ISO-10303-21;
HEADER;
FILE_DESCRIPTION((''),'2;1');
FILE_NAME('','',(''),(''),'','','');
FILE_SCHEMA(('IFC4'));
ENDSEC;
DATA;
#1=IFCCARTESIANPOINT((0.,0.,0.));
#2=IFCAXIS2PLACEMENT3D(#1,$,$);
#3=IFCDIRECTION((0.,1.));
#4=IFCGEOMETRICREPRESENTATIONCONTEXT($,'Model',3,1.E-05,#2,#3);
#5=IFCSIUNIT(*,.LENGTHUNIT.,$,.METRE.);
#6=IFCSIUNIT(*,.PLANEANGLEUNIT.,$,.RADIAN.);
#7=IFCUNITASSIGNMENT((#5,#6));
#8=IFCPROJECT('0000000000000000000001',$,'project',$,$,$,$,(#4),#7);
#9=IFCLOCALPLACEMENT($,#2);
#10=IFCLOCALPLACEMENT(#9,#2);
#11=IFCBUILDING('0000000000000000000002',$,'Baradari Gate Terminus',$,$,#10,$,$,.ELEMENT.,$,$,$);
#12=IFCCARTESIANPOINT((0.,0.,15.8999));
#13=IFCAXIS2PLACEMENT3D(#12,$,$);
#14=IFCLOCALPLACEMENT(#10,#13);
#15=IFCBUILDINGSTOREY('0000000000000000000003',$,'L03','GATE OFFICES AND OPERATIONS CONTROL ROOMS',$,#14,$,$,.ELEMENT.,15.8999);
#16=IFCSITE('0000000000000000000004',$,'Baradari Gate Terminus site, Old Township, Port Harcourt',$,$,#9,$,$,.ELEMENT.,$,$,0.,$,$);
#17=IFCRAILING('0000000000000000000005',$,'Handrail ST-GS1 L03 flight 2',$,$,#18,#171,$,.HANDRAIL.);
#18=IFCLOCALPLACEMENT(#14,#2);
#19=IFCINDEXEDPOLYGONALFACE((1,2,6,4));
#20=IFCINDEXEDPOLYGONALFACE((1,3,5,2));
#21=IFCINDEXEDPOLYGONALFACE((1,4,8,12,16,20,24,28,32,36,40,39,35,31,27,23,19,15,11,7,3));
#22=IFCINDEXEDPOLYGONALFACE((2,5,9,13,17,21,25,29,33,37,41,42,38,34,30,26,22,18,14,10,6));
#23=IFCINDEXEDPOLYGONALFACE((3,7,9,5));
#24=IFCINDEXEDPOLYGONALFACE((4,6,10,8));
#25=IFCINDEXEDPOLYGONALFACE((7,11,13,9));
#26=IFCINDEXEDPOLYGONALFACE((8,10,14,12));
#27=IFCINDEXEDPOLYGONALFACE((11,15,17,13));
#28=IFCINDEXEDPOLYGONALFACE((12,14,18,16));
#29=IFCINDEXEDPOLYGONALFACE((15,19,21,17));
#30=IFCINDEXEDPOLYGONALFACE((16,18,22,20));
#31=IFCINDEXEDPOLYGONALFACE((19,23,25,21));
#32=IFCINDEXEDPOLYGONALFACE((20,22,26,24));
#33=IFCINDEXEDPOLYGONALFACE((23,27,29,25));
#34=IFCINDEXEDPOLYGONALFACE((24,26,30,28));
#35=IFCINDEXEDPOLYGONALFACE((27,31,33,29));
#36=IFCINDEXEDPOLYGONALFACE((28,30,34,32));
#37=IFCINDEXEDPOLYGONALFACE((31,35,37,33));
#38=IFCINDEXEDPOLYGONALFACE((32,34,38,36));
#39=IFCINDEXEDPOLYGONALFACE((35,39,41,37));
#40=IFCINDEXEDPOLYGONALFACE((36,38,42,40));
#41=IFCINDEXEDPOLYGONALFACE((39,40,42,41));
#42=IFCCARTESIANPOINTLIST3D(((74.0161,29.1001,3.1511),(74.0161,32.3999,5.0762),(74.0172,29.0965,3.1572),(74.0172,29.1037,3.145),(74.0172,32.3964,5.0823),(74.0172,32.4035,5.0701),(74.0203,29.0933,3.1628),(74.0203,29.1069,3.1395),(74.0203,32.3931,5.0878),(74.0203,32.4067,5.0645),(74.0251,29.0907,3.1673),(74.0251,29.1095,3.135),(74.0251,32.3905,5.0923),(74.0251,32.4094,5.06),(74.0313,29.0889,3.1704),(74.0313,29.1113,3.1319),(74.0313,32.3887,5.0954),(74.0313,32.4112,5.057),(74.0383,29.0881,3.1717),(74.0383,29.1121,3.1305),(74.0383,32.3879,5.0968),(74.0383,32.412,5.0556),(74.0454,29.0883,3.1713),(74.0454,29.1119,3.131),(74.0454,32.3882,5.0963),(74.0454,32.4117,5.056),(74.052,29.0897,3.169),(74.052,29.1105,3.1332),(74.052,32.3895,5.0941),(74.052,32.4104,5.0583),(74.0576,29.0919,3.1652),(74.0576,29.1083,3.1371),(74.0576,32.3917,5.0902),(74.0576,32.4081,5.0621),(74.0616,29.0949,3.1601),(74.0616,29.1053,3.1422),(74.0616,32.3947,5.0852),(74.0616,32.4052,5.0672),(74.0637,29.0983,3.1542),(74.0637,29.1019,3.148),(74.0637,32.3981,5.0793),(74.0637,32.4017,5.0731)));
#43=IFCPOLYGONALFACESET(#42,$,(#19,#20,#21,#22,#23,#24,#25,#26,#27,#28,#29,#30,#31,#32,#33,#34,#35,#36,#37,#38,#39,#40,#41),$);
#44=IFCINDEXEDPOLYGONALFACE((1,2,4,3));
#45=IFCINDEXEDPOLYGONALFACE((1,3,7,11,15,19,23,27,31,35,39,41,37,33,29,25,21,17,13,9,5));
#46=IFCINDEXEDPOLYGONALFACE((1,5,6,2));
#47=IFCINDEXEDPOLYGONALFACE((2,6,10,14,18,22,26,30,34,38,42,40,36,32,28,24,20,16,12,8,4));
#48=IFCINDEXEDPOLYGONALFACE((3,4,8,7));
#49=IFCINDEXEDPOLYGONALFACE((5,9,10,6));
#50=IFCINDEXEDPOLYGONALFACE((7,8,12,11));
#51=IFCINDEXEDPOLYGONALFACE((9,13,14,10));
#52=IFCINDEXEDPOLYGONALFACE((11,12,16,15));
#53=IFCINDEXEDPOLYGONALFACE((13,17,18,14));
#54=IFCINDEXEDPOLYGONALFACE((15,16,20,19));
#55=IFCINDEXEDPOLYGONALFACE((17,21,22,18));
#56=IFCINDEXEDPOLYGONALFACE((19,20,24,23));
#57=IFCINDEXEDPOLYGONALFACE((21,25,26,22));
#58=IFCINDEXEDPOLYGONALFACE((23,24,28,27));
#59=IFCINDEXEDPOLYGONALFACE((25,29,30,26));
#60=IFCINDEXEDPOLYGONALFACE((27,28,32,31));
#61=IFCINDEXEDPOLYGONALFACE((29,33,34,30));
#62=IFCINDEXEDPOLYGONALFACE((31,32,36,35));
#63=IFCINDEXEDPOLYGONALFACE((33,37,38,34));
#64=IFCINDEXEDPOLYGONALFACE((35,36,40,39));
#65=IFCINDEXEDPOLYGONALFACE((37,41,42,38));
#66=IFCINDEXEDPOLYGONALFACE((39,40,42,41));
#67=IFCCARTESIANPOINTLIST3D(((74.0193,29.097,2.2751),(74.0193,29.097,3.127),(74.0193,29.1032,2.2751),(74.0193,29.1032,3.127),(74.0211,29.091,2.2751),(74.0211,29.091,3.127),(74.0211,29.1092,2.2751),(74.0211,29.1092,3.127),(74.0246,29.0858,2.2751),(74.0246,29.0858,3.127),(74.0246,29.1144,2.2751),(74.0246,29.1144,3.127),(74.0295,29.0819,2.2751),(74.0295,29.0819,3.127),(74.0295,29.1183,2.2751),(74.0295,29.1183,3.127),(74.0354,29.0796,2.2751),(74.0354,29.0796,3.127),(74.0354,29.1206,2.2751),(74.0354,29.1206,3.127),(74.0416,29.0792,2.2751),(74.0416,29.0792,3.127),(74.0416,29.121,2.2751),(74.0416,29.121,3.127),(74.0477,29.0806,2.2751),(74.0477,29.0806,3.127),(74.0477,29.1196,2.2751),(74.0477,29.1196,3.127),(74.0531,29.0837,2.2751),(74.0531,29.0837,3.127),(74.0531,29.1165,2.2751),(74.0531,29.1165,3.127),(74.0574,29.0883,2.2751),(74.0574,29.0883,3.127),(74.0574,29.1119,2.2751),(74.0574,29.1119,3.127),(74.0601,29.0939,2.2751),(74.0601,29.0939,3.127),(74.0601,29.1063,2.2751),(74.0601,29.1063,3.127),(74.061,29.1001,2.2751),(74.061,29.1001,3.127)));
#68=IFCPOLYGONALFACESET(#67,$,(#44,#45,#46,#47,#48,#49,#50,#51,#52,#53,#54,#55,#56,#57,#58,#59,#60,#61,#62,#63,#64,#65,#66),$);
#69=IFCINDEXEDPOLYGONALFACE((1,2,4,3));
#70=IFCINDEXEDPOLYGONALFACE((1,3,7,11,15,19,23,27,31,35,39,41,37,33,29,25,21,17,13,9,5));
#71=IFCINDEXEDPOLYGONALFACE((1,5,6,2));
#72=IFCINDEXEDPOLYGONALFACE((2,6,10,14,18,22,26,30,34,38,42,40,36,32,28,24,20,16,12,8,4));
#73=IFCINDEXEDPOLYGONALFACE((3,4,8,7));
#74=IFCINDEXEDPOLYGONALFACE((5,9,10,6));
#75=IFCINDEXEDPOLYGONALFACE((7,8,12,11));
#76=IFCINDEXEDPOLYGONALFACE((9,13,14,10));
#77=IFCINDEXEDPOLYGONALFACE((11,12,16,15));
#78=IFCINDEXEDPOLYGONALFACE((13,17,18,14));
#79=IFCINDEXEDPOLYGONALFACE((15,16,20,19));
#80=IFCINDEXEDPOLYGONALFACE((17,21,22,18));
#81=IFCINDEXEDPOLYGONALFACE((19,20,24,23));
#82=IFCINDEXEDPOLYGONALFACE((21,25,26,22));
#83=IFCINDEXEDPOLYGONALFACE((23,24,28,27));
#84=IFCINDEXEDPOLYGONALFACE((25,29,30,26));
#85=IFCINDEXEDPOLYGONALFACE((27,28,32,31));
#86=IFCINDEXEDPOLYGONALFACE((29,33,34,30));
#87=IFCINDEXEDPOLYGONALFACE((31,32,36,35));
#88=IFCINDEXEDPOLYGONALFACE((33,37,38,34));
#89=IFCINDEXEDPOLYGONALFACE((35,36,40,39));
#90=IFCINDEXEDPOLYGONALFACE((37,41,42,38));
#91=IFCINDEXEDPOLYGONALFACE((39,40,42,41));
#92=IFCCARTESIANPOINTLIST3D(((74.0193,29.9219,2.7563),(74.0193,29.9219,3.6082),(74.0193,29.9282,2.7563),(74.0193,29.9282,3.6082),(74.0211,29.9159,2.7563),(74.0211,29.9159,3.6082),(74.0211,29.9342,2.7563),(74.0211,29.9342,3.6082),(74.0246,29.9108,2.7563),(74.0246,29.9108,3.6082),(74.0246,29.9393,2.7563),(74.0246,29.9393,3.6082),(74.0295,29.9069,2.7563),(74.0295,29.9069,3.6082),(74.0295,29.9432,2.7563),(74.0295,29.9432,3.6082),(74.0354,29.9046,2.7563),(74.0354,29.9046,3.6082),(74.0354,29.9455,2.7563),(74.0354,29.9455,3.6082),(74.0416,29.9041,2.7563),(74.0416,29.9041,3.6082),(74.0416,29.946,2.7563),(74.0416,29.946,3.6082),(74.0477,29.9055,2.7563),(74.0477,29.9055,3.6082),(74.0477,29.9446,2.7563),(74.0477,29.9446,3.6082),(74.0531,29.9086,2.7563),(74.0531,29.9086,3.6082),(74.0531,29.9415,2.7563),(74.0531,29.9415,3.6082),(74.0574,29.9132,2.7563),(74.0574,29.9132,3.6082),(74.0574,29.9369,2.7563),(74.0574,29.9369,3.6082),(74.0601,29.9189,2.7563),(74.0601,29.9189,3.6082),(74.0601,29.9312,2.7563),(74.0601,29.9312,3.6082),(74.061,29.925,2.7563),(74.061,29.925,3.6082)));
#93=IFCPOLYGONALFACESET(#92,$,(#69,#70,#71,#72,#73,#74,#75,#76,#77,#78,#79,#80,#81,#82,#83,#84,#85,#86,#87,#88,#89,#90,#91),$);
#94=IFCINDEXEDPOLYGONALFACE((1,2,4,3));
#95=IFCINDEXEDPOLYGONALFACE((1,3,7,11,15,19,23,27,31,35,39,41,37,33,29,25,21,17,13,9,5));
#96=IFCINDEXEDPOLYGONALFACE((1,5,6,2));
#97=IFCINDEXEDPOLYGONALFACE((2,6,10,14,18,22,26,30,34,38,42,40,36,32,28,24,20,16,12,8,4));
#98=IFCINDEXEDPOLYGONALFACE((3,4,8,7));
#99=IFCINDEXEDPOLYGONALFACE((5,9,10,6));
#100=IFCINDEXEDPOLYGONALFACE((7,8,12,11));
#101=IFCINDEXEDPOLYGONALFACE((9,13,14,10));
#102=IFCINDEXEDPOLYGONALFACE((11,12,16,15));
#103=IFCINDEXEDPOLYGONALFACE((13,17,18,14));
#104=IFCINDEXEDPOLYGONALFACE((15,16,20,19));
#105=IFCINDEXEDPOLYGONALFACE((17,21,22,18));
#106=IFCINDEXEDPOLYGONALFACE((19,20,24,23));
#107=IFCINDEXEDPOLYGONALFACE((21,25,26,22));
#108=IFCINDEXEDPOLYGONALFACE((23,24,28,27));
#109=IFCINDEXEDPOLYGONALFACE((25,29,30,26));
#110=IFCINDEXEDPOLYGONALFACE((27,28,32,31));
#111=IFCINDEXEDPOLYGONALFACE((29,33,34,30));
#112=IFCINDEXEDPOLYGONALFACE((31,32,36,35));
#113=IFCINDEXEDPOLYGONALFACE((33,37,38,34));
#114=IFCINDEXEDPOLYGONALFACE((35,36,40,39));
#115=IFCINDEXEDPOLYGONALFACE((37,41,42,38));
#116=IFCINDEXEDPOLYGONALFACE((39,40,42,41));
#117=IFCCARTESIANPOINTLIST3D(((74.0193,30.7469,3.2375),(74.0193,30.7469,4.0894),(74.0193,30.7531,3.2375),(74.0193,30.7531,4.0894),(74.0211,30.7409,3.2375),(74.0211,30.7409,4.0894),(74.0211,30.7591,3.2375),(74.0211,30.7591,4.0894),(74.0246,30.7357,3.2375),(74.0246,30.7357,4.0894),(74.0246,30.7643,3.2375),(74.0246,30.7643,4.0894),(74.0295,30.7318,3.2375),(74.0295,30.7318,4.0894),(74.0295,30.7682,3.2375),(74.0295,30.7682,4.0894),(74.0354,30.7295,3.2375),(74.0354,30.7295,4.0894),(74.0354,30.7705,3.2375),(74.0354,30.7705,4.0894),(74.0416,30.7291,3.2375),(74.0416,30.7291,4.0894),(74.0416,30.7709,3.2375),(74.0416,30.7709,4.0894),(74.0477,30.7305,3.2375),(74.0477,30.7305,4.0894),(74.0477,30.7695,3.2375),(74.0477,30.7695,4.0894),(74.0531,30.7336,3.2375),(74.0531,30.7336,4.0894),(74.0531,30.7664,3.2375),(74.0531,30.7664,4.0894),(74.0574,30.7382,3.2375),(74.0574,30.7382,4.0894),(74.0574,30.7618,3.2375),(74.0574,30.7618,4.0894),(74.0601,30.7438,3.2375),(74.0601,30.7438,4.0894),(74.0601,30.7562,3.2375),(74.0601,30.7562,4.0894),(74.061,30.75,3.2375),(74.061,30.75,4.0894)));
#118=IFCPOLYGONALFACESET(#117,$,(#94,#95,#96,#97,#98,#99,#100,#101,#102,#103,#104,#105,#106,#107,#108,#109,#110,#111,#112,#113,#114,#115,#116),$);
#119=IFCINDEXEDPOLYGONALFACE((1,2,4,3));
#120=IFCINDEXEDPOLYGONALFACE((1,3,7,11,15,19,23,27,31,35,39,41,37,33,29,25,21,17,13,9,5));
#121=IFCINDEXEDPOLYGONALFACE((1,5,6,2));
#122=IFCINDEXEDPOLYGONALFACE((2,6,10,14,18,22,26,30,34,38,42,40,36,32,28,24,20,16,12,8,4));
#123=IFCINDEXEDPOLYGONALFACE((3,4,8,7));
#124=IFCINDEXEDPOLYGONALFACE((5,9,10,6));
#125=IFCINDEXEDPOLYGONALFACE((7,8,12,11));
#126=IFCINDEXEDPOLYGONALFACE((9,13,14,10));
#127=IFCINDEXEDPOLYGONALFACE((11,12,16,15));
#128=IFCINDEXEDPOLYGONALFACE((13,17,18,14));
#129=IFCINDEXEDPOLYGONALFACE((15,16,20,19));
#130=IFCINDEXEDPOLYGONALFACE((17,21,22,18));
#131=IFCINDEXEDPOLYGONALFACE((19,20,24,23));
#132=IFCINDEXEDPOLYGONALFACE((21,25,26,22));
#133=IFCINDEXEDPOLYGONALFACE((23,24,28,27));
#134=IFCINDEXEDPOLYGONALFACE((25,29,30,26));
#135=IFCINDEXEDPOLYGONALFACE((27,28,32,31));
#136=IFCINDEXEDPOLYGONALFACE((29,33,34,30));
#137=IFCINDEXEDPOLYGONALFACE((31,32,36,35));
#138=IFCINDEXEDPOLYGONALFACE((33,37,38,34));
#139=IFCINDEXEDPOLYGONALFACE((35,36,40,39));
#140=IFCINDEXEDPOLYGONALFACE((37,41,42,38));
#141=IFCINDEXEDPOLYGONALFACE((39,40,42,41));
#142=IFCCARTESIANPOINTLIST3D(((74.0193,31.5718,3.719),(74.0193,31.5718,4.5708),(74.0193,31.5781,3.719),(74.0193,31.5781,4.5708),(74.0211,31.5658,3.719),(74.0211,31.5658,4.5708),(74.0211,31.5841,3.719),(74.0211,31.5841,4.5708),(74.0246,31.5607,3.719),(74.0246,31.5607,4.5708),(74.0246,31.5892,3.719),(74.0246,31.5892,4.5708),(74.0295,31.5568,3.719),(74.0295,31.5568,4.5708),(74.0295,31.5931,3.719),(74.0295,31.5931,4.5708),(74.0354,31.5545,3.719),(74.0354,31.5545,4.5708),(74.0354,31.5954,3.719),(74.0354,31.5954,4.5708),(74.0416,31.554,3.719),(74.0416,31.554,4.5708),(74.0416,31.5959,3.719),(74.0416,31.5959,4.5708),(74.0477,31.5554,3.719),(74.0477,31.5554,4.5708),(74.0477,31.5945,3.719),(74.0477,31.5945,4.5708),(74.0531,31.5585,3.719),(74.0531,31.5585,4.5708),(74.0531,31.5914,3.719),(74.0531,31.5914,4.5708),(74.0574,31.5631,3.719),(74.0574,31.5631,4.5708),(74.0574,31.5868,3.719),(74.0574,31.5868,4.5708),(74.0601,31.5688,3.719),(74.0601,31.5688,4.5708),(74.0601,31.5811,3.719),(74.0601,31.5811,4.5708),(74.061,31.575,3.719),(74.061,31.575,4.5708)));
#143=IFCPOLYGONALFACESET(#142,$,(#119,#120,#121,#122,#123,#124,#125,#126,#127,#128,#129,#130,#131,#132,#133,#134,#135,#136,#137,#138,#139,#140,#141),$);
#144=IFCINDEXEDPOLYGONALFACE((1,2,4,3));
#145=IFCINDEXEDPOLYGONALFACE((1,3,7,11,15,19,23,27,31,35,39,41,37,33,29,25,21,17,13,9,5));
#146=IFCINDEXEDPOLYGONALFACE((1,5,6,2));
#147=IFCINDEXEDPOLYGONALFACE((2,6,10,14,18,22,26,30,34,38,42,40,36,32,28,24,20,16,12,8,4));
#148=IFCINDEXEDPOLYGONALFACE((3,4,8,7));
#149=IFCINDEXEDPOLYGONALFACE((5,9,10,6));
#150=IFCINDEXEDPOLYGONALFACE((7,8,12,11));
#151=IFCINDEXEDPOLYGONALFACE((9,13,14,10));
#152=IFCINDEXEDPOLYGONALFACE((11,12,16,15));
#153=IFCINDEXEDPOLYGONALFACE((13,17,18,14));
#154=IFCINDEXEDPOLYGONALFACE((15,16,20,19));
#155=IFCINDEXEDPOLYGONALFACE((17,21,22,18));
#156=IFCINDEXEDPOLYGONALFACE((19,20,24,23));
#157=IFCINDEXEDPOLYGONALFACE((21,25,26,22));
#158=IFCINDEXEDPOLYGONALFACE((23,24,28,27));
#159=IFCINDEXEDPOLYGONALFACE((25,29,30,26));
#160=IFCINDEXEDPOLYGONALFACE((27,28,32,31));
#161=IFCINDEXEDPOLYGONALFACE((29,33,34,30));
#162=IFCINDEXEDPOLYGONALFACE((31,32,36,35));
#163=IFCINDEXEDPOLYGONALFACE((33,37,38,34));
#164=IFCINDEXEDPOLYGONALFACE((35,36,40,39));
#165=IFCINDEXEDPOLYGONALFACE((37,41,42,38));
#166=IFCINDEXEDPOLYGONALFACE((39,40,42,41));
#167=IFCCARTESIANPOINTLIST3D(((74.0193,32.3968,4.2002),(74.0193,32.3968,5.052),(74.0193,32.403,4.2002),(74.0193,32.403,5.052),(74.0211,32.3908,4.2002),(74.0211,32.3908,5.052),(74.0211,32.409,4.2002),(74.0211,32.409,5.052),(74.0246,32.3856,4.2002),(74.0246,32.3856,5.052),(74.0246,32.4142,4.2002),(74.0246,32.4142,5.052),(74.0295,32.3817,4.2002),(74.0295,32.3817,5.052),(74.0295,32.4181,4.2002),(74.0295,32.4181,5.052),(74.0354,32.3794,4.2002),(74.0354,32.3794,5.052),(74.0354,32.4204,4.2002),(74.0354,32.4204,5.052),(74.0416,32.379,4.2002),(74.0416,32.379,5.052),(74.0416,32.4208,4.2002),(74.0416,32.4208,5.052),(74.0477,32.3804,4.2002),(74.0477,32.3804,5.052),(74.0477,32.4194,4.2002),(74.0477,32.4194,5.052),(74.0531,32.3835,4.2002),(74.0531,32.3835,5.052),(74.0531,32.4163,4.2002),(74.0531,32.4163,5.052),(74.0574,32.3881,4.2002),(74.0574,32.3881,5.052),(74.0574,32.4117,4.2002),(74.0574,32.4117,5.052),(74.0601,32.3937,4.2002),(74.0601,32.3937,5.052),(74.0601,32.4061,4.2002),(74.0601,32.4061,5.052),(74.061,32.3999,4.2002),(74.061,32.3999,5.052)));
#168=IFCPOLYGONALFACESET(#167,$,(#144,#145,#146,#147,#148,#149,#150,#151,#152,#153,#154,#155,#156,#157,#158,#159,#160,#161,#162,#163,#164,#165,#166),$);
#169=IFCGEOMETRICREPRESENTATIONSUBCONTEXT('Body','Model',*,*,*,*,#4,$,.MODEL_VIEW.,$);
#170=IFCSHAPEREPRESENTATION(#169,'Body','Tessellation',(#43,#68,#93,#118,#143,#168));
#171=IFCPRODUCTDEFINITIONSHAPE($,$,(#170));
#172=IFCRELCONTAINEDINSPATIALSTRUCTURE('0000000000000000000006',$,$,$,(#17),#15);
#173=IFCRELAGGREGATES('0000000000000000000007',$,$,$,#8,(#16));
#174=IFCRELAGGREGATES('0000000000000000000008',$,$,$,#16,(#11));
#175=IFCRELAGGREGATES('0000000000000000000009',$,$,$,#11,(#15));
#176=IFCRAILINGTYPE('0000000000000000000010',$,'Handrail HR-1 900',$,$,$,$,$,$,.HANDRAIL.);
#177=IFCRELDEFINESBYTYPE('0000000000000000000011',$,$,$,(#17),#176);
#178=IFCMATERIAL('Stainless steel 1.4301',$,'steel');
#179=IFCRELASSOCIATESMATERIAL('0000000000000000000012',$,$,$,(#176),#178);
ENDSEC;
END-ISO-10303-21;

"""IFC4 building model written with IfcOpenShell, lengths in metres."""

from ifc_helpers import new_model, si_unit, direction, frame, origin, origin_2d, place, context, subcontext, project, spatial, circle, extrude, material, type_object, element, save


model = new_model("IFC4")

# Units and contexts
model_context = context("Model", 3, precision=1e-05, world=origin(), true_north=direction((0.0, 1.0)))
body_context = subcontext(model_context, "Body", "Model", "MODEL_VIEW")
ifc_project = project(units=[si_unit("LENGTHUNIT", "METRE"), si_unit("PLANEANGLEUNIT", "RADIAN")], contexts=[model_context])

# Site, building, storey
site_placement = place(None, origin())
site = spatial("IfcSite", under=ifc_project, at=site_placement, Name="Baradari Gate Terminus site, Old Township, Port Harcourt", CompositionType="ELEMENT", RefElevation=0.0)
building_placement = place(site_placement, origin())
building = spatial("IfcBuilding", under=site, at=building_placement, Name="Baradari Gate Terminus", CompositionType="ELEMENT")
storey_placement = place(building_placement, frame((0.0, 0.0, 15.8999)))
storey = spatial("IfcBuildingStorey", under=building, at=storey_placement, Name="L03", Description="GATE OFFICES AND OPERATIONS CONTROL ROOMS", CompositionType="ELEMENT", Elevation=15.8999)

# Railing
ifc_material_1 = material(Name="Stainless steel 1.4301", Category="steel")
railing_type = type_object("IfcRailingType", Name="Handrail HR-1 900", PredefinedType="HANDRAIL", material=ifc_material_1)
for number, where, name in (
    (1, (74.04, 29.1001, 2.2751), "Handrail ST-GS1 L03 flight 2"),
):
    element("IfcRailing", number, at=place(storey_placement, frame(where)), inside=storey, type_object=railing_type, Name=name, PredefinedType="HANDRAIL", context=body_context, shape_type="SweptSolid", body=[
        extrude(circle(Radius=0.0239, at=origin_2d()), frame((0.0, 0.0, 0.876), z_axis=(0.0, 0.86376, 0.503903), x_axis=(-1.0, 0.0, 0.0)), (0.0, 0.0, 1.0), 3.8203),
        extrude(circle(Radius=0.021, at=origin_2d()), origin(), (0.0, 0.0, 1.0), 0.8518),
        extrude(circle(Radius=0.021, at=origin_2d()), frame((0.0, 0.825, 0.4812)), (0.0, 0.0, 1.0), 0.8518),
        extrude(circle(Radius=0.021, at=origin_2d()), frame((0.0, 1.6499, 0.9624)), (0.0, 0.0, 1.0), 0.8518),
        extrude(circle(Radius=0.021, at=origin_2d()), frame((0.0, 2.4749, 1.4438)), (0.0, 0.0, 1.0), 0.8518),
        extrude(circle(Radius=0.021, at=origin_2d()), frame((0.0, 3.2998, 1.925)), (0.0, 0.0, 1.0), 0.8518),
    ])

save(model, "model.ifc")
